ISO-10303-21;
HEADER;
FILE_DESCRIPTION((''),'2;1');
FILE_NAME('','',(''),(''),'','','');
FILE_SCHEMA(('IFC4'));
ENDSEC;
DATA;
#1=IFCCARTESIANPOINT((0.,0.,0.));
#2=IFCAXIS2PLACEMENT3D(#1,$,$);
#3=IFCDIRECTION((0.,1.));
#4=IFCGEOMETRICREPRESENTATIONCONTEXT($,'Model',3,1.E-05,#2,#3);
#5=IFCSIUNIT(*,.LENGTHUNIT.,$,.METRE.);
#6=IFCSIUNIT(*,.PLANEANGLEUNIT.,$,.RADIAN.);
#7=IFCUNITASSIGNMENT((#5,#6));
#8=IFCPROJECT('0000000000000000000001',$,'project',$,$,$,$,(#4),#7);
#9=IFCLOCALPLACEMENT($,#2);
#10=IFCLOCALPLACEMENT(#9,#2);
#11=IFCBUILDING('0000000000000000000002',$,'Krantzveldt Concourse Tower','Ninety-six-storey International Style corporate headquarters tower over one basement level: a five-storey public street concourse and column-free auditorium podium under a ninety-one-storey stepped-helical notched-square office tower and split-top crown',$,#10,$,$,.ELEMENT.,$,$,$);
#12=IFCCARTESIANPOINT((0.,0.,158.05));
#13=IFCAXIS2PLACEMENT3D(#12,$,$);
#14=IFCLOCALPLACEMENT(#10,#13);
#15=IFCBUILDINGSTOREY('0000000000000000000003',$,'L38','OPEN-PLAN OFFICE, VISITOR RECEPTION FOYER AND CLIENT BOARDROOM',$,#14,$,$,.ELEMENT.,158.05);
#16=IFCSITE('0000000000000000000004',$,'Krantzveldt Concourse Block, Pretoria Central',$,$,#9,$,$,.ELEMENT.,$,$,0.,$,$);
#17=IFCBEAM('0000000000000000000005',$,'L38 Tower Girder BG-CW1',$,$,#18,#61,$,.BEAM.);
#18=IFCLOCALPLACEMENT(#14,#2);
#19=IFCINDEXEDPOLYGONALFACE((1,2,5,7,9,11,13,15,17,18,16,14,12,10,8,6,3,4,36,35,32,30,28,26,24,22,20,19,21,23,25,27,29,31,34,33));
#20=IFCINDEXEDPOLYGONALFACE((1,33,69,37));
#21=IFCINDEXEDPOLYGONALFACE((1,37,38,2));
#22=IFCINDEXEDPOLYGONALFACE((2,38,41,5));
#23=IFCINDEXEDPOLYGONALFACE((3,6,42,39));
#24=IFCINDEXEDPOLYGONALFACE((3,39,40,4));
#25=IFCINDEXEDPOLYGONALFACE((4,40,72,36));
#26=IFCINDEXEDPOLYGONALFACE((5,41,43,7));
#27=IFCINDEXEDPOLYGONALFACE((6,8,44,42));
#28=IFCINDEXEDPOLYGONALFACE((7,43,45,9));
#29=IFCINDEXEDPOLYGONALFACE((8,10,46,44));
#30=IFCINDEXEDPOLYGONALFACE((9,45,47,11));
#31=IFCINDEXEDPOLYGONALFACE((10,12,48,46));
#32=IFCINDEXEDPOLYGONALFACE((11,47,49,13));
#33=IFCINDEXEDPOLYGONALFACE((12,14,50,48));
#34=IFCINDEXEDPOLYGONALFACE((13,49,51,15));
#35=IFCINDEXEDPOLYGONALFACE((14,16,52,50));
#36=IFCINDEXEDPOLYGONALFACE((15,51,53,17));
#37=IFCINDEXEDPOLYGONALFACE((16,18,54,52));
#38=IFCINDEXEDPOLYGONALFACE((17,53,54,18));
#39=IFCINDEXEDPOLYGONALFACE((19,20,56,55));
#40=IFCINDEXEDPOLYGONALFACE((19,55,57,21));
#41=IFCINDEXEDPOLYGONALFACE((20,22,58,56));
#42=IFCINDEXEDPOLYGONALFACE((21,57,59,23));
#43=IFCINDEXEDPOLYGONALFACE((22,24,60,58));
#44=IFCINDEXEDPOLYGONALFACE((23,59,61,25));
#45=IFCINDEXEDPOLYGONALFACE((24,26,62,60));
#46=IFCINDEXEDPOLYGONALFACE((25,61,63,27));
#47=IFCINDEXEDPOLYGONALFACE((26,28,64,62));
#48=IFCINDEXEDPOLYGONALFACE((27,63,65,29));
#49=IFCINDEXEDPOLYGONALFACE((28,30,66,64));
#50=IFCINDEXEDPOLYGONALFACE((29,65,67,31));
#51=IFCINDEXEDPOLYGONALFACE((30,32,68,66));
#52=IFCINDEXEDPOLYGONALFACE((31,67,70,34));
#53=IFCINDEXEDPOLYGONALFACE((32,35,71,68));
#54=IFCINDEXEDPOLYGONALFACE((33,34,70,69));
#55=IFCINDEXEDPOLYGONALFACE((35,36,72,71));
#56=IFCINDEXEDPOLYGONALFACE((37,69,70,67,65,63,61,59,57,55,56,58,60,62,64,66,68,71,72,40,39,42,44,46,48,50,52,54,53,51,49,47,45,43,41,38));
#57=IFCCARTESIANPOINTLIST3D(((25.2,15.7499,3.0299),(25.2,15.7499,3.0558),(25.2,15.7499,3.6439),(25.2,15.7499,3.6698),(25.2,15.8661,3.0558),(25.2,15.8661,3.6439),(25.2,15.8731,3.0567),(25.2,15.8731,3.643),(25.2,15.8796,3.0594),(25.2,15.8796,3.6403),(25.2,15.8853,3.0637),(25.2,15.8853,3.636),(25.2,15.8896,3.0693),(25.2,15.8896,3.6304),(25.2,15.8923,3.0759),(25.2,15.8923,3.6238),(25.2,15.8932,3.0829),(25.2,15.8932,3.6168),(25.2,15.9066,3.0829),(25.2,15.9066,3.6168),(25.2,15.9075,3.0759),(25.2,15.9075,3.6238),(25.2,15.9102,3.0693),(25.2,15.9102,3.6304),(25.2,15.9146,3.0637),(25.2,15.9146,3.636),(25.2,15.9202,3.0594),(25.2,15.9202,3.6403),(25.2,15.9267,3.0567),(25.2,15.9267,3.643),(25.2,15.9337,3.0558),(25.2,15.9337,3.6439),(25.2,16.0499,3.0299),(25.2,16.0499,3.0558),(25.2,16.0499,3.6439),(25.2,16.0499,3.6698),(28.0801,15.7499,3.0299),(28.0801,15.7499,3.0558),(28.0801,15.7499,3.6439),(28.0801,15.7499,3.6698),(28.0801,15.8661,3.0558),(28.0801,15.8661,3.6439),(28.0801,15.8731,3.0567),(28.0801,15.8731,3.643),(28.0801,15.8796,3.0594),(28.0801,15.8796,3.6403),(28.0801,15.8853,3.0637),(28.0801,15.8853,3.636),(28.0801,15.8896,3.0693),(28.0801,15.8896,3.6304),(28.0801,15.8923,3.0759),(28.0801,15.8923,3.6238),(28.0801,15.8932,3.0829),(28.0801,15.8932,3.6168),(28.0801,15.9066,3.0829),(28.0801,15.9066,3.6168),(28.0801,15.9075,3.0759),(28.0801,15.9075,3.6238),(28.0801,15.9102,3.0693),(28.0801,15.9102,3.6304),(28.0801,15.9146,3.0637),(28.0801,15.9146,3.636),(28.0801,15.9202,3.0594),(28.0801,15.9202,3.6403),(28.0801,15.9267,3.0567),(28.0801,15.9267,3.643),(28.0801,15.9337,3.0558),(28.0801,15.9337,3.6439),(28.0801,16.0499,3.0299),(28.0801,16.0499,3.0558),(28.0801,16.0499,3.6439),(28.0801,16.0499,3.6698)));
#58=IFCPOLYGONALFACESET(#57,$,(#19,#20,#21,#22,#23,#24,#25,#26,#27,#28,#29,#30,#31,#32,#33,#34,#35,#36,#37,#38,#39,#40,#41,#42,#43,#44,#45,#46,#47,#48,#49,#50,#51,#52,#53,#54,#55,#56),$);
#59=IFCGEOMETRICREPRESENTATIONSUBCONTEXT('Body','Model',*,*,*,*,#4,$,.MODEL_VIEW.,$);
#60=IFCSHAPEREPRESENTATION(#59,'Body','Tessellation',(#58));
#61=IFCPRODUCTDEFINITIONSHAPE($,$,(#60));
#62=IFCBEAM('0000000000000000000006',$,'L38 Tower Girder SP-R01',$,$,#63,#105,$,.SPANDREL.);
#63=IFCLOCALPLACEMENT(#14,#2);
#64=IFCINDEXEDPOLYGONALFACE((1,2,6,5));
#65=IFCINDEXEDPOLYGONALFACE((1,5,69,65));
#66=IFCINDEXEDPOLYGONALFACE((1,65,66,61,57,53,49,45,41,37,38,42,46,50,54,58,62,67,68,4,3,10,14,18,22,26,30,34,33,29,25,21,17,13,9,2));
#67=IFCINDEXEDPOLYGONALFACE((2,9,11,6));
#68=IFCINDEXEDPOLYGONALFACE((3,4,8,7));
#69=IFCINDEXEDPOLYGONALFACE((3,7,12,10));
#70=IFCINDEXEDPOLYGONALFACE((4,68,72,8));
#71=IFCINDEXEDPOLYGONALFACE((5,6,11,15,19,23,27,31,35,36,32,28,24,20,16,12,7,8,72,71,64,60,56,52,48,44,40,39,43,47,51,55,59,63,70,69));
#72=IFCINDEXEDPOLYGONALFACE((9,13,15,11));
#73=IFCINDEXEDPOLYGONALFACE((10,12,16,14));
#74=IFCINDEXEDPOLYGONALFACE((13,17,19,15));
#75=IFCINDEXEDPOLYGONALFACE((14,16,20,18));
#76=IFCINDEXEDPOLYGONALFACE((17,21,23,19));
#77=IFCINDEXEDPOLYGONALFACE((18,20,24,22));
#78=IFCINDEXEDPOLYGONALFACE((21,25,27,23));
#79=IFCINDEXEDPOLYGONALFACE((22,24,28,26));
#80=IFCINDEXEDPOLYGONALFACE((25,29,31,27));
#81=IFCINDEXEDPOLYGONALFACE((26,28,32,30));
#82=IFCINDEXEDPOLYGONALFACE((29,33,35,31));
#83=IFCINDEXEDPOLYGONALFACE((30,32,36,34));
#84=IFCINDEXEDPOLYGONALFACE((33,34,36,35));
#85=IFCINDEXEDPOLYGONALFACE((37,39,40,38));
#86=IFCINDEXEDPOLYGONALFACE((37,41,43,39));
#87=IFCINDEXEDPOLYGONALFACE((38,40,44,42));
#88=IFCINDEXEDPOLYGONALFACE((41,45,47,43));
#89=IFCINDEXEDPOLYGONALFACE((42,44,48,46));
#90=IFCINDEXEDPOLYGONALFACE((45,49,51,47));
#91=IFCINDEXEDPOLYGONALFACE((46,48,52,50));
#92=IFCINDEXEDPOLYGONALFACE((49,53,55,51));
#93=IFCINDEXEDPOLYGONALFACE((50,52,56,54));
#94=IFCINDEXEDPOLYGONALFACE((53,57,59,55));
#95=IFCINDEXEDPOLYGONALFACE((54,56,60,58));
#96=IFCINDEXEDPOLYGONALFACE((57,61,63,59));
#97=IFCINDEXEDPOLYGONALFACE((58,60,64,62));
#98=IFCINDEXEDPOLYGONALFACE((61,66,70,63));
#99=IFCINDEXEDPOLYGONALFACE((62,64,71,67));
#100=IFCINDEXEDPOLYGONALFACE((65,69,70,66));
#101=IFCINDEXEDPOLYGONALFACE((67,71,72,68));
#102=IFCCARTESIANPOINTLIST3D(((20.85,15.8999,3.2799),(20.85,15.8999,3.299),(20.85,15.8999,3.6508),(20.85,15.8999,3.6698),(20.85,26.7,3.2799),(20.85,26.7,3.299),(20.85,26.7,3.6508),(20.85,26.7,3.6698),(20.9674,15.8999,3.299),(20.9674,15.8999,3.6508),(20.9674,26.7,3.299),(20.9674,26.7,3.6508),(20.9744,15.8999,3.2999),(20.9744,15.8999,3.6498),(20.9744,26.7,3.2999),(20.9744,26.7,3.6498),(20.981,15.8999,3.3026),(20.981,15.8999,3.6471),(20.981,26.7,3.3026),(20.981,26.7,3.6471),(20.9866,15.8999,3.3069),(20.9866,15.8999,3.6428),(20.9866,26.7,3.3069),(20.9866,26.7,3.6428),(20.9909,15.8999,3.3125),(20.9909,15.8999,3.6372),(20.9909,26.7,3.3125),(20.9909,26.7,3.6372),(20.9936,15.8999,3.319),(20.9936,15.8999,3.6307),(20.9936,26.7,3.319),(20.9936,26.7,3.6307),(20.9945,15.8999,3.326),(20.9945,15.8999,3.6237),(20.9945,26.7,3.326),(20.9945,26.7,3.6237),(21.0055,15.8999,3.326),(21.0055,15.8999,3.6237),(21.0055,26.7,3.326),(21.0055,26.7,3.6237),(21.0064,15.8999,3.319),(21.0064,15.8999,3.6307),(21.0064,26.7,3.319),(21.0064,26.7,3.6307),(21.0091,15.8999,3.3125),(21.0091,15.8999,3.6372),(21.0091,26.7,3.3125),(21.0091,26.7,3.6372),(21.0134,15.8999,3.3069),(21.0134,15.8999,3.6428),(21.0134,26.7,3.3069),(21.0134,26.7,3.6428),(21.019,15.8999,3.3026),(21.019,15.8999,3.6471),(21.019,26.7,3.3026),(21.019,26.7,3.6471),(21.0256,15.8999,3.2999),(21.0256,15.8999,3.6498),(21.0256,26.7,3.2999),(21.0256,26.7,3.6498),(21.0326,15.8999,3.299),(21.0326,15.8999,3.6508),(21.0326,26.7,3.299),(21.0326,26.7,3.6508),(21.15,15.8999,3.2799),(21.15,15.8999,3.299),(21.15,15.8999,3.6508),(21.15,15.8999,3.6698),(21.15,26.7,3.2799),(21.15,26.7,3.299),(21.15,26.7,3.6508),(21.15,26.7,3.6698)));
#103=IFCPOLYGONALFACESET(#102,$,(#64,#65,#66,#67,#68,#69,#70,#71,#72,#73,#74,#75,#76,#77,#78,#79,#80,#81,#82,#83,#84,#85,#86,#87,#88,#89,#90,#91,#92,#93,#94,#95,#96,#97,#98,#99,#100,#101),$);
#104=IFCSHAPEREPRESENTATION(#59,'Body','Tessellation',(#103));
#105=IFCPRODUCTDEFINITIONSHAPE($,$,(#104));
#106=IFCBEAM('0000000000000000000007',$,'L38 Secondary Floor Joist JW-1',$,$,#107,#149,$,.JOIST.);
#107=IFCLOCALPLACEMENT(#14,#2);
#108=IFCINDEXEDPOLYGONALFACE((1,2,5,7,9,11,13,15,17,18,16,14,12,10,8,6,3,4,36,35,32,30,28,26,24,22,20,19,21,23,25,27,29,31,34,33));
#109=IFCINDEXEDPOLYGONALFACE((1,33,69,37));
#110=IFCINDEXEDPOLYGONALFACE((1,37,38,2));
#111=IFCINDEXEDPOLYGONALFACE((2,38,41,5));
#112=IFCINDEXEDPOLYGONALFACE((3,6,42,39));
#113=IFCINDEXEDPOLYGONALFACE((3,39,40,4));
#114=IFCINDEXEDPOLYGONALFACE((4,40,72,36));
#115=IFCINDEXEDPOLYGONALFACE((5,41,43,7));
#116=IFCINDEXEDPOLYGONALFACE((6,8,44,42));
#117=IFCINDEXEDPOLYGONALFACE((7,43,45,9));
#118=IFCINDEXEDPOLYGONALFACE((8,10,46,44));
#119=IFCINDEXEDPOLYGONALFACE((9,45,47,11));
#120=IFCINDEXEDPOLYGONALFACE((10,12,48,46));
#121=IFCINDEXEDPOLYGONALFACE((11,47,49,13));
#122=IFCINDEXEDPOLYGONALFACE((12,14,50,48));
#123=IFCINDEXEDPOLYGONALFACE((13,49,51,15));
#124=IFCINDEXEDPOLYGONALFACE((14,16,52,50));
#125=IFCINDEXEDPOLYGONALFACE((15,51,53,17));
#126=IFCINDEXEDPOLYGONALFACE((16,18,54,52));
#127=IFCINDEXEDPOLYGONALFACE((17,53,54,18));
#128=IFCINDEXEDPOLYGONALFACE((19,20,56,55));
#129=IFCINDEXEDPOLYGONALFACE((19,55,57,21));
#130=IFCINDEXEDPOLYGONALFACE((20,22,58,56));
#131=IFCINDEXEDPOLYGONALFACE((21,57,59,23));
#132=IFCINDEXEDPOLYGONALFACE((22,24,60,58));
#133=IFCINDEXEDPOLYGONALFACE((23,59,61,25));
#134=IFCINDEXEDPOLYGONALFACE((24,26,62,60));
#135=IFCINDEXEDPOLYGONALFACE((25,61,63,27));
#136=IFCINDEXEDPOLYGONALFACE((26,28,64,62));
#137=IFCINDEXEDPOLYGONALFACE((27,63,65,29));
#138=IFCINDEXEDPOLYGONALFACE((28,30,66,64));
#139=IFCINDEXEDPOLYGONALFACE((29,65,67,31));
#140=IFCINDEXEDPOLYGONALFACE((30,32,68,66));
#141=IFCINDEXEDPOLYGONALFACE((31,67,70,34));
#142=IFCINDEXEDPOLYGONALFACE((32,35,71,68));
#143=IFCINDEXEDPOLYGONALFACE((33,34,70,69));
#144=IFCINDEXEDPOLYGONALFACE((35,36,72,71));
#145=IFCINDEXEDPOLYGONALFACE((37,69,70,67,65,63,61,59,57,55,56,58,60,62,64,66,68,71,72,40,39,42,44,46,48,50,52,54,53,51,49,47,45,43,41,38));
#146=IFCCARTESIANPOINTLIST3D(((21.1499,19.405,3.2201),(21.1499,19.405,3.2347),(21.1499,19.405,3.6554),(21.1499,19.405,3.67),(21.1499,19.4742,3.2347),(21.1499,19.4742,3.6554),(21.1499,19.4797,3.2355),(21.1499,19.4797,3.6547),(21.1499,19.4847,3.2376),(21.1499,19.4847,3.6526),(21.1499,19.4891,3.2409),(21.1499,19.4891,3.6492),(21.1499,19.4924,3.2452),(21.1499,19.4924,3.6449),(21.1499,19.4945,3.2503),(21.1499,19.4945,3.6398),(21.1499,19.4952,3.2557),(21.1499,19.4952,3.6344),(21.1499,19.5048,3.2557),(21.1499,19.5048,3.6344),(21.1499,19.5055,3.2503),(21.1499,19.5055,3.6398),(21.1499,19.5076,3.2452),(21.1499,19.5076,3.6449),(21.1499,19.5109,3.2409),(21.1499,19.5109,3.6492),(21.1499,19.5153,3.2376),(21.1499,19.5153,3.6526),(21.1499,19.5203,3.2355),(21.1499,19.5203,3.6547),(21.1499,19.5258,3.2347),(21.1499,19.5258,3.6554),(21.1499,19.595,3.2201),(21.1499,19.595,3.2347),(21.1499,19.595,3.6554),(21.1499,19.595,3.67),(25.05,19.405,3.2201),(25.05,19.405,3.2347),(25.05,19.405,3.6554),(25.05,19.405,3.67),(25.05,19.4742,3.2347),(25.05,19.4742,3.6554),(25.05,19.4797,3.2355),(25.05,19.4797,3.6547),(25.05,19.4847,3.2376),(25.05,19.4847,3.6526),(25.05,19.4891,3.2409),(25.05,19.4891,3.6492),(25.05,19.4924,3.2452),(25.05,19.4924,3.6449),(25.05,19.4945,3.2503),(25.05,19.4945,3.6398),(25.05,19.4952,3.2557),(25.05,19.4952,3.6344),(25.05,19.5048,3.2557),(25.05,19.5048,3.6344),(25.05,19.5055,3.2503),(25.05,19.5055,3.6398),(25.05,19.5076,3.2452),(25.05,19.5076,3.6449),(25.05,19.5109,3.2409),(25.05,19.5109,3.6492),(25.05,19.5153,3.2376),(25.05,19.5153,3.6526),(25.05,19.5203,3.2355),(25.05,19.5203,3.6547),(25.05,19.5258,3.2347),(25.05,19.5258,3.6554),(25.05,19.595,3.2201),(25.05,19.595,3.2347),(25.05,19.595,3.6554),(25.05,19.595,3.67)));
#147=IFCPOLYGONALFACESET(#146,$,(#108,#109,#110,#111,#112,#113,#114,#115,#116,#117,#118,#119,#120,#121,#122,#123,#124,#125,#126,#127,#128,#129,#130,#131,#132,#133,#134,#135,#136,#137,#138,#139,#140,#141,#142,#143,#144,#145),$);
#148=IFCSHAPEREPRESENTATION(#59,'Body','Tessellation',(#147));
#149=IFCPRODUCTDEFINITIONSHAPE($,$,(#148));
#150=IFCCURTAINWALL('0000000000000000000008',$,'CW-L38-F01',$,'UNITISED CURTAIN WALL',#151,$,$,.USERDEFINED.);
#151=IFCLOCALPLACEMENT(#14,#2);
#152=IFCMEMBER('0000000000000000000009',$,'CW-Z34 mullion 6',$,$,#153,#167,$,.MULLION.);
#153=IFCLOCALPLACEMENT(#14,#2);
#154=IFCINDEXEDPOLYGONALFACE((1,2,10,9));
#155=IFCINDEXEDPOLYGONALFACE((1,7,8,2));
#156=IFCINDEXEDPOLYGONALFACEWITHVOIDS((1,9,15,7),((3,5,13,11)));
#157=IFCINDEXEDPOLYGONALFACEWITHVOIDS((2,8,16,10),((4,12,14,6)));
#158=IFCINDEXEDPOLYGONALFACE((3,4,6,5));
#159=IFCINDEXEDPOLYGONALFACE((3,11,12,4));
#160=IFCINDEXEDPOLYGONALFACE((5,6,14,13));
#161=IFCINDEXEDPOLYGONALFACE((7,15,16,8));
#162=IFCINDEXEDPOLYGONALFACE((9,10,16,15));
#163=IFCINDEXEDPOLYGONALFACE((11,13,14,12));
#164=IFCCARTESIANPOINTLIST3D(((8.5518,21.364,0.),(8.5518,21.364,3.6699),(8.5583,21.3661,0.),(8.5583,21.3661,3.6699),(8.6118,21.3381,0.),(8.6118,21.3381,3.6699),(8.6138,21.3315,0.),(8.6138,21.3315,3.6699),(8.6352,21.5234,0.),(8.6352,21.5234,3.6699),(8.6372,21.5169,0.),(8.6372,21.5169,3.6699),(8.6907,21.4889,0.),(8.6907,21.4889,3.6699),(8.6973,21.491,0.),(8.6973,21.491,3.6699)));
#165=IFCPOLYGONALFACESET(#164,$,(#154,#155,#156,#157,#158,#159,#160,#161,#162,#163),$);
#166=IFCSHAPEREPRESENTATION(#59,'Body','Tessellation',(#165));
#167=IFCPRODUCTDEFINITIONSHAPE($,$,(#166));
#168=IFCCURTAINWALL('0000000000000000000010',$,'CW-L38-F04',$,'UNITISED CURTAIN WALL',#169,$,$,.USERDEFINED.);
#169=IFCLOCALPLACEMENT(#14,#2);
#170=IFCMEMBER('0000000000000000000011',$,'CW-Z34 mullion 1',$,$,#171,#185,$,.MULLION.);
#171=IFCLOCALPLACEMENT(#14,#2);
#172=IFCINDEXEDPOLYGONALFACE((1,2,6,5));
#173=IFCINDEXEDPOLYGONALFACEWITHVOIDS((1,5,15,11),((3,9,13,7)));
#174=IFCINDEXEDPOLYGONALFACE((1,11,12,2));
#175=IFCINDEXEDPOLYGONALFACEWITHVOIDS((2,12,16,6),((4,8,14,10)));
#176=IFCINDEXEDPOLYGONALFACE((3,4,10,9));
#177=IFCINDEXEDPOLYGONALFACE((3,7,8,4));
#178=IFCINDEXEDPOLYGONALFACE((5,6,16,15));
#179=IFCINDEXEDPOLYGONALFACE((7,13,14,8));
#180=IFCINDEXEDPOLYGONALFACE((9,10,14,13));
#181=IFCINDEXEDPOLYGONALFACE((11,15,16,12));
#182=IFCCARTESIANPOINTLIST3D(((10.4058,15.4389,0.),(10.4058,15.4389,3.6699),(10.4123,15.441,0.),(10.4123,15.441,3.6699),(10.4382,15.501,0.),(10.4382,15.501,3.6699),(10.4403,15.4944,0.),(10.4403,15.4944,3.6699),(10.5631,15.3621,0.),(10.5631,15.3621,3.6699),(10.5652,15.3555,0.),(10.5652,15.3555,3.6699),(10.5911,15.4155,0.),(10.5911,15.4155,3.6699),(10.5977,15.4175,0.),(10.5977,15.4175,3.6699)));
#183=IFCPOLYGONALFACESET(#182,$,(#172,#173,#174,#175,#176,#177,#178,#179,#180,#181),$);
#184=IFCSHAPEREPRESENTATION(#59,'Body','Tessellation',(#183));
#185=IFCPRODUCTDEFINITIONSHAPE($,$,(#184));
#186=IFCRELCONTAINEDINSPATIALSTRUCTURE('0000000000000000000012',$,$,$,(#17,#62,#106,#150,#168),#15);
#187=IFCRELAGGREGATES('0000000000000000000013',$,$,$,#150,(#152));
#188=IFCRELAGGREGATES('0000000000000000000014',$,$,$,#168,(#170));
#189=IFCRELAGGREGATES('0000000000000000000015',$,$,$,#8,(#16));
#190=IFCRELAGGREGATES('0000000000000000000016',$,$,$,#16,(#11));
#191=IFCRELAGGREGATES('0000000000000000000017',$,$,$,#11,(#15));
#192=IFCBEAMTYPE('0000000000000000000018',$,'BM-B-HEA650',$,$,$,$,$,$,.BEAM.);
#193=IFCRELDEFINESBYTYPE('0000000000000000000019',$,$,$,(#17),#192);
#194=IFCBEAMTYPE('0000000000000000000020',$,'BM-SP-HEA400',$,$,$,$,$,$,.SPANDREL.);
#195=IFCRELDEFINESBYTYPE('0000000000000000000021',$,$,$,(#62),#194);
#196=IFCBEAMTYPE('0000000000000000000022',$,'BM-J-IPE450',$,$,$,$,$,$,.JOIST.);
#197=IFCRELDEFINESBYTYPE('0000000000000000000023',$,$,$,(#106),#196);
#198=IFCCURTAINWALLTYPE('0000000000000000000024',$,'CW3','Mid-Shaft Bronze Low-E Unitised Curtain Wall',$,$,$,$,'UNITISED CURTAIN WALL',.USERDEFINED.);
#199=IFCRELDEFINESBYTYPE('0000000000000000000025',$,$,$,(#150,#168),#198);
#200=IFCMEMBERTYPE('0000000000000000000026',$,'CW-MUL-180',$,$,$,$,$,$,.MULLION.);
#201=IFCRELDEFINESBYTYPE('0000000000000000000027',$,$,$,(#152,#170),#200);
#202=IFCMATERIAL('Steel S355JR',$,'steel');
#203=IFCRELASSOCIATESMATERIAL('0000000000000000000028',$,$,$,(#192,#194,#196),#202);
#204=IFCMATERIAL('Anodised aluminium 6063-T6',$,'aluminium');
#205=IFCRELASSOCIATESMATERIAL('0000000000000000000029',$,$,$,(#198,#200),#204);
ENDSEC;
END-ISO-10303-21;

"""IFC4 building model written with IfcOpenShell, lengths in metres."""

from ifc_helpers import new_model, si_unit, direction, frame, origin, origin_2d, place, context, subcontext, project, spatial, hollow_rectangle, i_section, extrude, source, transform, mapped, material, material_profile, profile_set, type_object, type_shapes, element, aggregate, save


model = new_model("IFC4")

# Units and contexts
model_context = context("Model", 3, precision=1e-05, world=origin(), true_north=direction((0.0, 1.0)))
body_context = subcontext(model_context, "Body", "Model", "MODEL_VIEW")
ifc_project = project(units=[si_unit("LENGTHUNIT", "METRE"), si_unit("PLANEANGLEUNIT", "RADIAN")], contexts=[model_context])

# Site, building, storey
site_placement = place(None, origin())
site = spatial("IfcSite", under=ifc_project, at=site_placement, Name="Krantzveldt Concourse Block, Pretoria Central", CompositionType="ELEMENT", RefElevation=0.0)
building_placement = place(site_placement, origin())
building = spatial("IfcBuilding", under=site, at=building_placement, Name="Krantzveldt Concourse Tower", Description="Ninety-six-storey International Style corporate headquarters tower over one basement level: a five-storey public street concourse and column-free auditorium podium under a ninety-one-storey stepped-helical notched-square office tower and split-top crown", CompositionType="ELEMENT")
storey_placement = place(building_placement, frame((0.0, 0.0, 158.05)))
storey = spatial("IfcBuildingStorey", under=building, at=storey_placement, Name="L38", Description="OPEN-PLAN OFFICE, VISITOR RECEPTION FOYER AND CLIENT BOARDROOM", CompositionType="ELEMENT", Elevation=158.05)

# Beams
ifc_material_1 = material(Name="Steel S355JR", Category="steel")
ifc_material_profile_1 = material_profile(ifc_material_1, i_section(OverallWidth=0.3, OverallDepth=0.6399, WebThickness=0.0134, FlangeThickness=0.0259, FilletRadius=0.0271, at=origin_2d()), Name="Steel S355JR", Category="steel")
ifc_profile_set_1 = profile_set([ifc_material_profile_1], Name="Steel S355JR - HEA 650")
beam_type_1 = type_object("IfcBeamType", Name="BM-B-HEA650", PredefinedType="BEAM", material=ifc_profile_set_1)
shared_shape_1 = source(origin(), body_context, "Body", "SweptSolid", [
    extrude(i_section(OverallWidth=0.3, OverallDepth=0.6399, WebThickness=0.0134, FlangeThickness=0.0259, FilletRadius=0.0271, at=origin_2d()), origin(), (0.0, 0.0, 1.0), 2.8801),
])
beam_1_placement = place(storey_placement, frame((25.2, 15.8999, 3.3499), z_axis=(1.0, 0.0, 0.0), x_axis=(0.0, 1.0, 0.0)))
element("IfcBeam", 1, at=beam_1_placement, inside=storey, type_object=beam_type_1, Name="L38 Tower Girder BG-CW1", PredefinedType="BEAM", context=body_context, shape_type="MappedRepresentation", body=[
    mapped(shared_shape_1, transform((0.0, 0.0, 0.0), x_axis=(1.0, 0.0, 0.0), y_axis=(0.0, 1.0, 0.0), z_axis=(0.0, 0.0, 1.0), scale=1.0)),
])
ifc_material_profile_2 = material_profile(ifc_material_1, i_section(OverallWidth=0.3, OverallDepth=0.3899, WebThickness=0.011, FlangeThickness=0.019, FilletRadius=0.0271, at=origin_2d()), Name="Steel S355JR", Category="steel")
ifc_profile_set_2 = profile_set([ifc_material_profile_2], Name="Steel S355JR - HEA 400")
beam_type_2 = type_object("IfcBeamType", Name="BM-SP-HEA400", PredefinedType="SPANDREL", material=ifc_profile_set_2)
shared_shape_2 = source(origin(), body_context, "Body", "SweptSolid", [
    extrude(i_section(OverallWidth=0.3, OverallDepth=0.3899, WebThickness=0.011, FlangeThickness=0.019, FilletRadius=0.0271, at=origin_2d()), origin(), (0.0, 0.0, 1.0), 10.8),
])
type_shapes(beam_type_2, [shared_shape_2])
beam_2_placement = place(storey_placement, frame((21.0, 15.8999, 3.4749), z_axis=(0.0, 1.0, 0.0), x_axis=(-1.0, 0.0, 0.0)))
element("IfcBeam", 2, at=beam_2_placement, inside=storey, type_object=beam_type_2, Name="L38 Tower Girder SP-R01", PredefinedType="SPANDREL", context=body_context, shape_type="MappedRepresentation", body=[
    mapped(shared_shape_2, transform((0.0, 0.0, 0.0), x_axis=(1.0, 0.0, 0.0), y_axis=(0.0, 1.0, 0.0), z_axis=(0.0, 0.0, 1.0), scale=1.0)),
])
ifc_material_profile_3 = material_profile(ifc_material_1, i_section(OverallWidth=0.1899, OverallDepth=0.45, WebThickness=0.0095, FlangeThickness=0.0146, FilletRadius=0.021, at=origin_2d()), Name="Steel S355JR", Category="steel")
ifc_profile_set_3 = profile_set([ifc_material_profile_3], Name="Steel S355JR - IPE 450")
beam_type_3 = type_object("IfcBeamType", Name="BM-J-IPE450", PredefinedType="JOIST", material=ifc_profile_set_3)
shared_shape_3 = source(origin(), body_context, "Body", "SweptSolid", [
    extrude(i_section(OverallWidth=0.1899, OverallDepth=0.45, WebThickness=0.0095, FlangeThickness=0.0146, FilletRadius=0.021, at=origin_2d()), origin(), (0.0, 0.0, 1.0), 3.9001),
])
type_shapes(beam_type_3, [shared_shape_3])
beam_3_placement = place(storey_placement, frame((21.1499, 19.5, 3.4451), z_axis=(1.0, 0.0, 0.0), x_axis=(0.0, 1.0, 0.0)))
element("IfcBeam", 3, at=beam_3_placement, inside=storey, type_object=beam_type_3, Name="L38 Secondary Floor Joist JW-1", PredefinedType="JOIST", context=body_context, shape_type="MappedRepresentation", body=[
    mapped(shared_shape_3, transform((0.0, 0.0, 0.0), x_axis=(1.0, 0.0, 0.0), y_axis=(0.0, 1.0, 0.0), z_axis=(0.0, 0.0, 1.0), scale=1.0)),
])

# Curtain wall, member
ifc_material_2 = material(Name="Anodised aluminium 6063-T6", Category="aluminium")
curtain_wall_type = type_object("IfcCurtainWallType", Name="CW3", Description="Mid-Shaft Bronze Low-E Unitised Curtain Wall", ElementType="UNITISED CURTAIN WALL", PredefinedType="USERDEFINED", material=ifc_material_2)
curtain_wall_1_placement = place(storey_placement, origin())
curtain_wall_1 = element("IfcCurtainWall", 4, at=curtain_wall_1_placement, inside=storey, type_object=curtain_wall_type, Name="CW-L38-F01", ObjectType="UNITISED CURTAIN WALL", PredefinedType="USERDEFINED")
ifc_material_profile_4 = material_profile(ifc_material_2, hollow_rectangle(XDim=0.0701, YDim=0.1799, WallThickness=0.0049, at=origin_2d()), Name="Anodised aluminium 6063-T6", Category="aluminium")
ifc_profile_set_4 = profile_set([ifc_material_profile_4], Name="Anodised aluminium 6063-T6 - ALU-MULL 180x70x5")
member_type_1 = type_object("IfcMemberType", Name="CW-MUL-180", PredefinedType="MULLION", material=ifc_profile_set_4)
shared_shape_4 = source(origin(), body_context, "Body", "SweptSolid", [
    extrude(hollow_rectangle(XDim=0.0701, YDim=0.1799, WallThickness=0.0049, at=origin_2d()), origin(), (0.0, 0.0, 1.0), 3.6699),
])
type_shapes(member_type_1, [shared_shape_4])
member_1_placement = place(storey_placement, frame((8.6245, 21.4275, 0.0), z_axis=(0.0, 0.0, 1.0), x_axis=(0.886001, -0.463683, 0.0)))
member_1 = element("IfcMember", 5, at=member_1_placement, type_object=member_type_1, Name="CW-Z34 mullion 6", PredefinedType="MULLION", context=body_context, shape_type="MappedRepresentation", body=[
    mapped(shared_shape_4, transform((0.0, 0.0, 0.0), x_axis=(1.0, 0.0, 0.0), y_axis=(0.0, 1.0, 0.0), z_axis=(0.0, 0.0, 1.0), scale=1.0)),
])
aggregate(curtain_wall_1, [member_1])

# Curtain wall, member
curtain_wall_2_placement = place(storey_placement, origin())
curtain_wall_2 = element("IfcCurtainWall", 6, at=curtain_wall_2_placement, inside=storey, type_object=curtain_wall_type, Name="CW-L38-F04", ObjectType="UNITISED CURTAIN WALL", PredefinedType="USERDEFINED")
member_2_placement = place(storey_placement, frame((10.5017, 15.4282, 0.0), z_axis=(0.0, 0.0, 1.0), x_axis=(0.463683, 0.886001, 0.0)))
member_2 = element("IfcMember", 7, at=member_2_placement, type_object=member_type_1, Name="CW-Z34 mullion 1", PredefinedType="MULLION", context=body_context, shape_type="MappedRepresentation", body=[
    mapped(shared_shape_4, transform((0.0, 0.0, 0.0), x_axis=(1.0, 0.0, 0.0), y_axis=(0.0, 1.0, 0.0), z_axis=(0.0, 0.0, 1.0), scale=1.0)),
])

aggregate(curtain_wall_2, [member_2])

save(model, "model.ifc")
